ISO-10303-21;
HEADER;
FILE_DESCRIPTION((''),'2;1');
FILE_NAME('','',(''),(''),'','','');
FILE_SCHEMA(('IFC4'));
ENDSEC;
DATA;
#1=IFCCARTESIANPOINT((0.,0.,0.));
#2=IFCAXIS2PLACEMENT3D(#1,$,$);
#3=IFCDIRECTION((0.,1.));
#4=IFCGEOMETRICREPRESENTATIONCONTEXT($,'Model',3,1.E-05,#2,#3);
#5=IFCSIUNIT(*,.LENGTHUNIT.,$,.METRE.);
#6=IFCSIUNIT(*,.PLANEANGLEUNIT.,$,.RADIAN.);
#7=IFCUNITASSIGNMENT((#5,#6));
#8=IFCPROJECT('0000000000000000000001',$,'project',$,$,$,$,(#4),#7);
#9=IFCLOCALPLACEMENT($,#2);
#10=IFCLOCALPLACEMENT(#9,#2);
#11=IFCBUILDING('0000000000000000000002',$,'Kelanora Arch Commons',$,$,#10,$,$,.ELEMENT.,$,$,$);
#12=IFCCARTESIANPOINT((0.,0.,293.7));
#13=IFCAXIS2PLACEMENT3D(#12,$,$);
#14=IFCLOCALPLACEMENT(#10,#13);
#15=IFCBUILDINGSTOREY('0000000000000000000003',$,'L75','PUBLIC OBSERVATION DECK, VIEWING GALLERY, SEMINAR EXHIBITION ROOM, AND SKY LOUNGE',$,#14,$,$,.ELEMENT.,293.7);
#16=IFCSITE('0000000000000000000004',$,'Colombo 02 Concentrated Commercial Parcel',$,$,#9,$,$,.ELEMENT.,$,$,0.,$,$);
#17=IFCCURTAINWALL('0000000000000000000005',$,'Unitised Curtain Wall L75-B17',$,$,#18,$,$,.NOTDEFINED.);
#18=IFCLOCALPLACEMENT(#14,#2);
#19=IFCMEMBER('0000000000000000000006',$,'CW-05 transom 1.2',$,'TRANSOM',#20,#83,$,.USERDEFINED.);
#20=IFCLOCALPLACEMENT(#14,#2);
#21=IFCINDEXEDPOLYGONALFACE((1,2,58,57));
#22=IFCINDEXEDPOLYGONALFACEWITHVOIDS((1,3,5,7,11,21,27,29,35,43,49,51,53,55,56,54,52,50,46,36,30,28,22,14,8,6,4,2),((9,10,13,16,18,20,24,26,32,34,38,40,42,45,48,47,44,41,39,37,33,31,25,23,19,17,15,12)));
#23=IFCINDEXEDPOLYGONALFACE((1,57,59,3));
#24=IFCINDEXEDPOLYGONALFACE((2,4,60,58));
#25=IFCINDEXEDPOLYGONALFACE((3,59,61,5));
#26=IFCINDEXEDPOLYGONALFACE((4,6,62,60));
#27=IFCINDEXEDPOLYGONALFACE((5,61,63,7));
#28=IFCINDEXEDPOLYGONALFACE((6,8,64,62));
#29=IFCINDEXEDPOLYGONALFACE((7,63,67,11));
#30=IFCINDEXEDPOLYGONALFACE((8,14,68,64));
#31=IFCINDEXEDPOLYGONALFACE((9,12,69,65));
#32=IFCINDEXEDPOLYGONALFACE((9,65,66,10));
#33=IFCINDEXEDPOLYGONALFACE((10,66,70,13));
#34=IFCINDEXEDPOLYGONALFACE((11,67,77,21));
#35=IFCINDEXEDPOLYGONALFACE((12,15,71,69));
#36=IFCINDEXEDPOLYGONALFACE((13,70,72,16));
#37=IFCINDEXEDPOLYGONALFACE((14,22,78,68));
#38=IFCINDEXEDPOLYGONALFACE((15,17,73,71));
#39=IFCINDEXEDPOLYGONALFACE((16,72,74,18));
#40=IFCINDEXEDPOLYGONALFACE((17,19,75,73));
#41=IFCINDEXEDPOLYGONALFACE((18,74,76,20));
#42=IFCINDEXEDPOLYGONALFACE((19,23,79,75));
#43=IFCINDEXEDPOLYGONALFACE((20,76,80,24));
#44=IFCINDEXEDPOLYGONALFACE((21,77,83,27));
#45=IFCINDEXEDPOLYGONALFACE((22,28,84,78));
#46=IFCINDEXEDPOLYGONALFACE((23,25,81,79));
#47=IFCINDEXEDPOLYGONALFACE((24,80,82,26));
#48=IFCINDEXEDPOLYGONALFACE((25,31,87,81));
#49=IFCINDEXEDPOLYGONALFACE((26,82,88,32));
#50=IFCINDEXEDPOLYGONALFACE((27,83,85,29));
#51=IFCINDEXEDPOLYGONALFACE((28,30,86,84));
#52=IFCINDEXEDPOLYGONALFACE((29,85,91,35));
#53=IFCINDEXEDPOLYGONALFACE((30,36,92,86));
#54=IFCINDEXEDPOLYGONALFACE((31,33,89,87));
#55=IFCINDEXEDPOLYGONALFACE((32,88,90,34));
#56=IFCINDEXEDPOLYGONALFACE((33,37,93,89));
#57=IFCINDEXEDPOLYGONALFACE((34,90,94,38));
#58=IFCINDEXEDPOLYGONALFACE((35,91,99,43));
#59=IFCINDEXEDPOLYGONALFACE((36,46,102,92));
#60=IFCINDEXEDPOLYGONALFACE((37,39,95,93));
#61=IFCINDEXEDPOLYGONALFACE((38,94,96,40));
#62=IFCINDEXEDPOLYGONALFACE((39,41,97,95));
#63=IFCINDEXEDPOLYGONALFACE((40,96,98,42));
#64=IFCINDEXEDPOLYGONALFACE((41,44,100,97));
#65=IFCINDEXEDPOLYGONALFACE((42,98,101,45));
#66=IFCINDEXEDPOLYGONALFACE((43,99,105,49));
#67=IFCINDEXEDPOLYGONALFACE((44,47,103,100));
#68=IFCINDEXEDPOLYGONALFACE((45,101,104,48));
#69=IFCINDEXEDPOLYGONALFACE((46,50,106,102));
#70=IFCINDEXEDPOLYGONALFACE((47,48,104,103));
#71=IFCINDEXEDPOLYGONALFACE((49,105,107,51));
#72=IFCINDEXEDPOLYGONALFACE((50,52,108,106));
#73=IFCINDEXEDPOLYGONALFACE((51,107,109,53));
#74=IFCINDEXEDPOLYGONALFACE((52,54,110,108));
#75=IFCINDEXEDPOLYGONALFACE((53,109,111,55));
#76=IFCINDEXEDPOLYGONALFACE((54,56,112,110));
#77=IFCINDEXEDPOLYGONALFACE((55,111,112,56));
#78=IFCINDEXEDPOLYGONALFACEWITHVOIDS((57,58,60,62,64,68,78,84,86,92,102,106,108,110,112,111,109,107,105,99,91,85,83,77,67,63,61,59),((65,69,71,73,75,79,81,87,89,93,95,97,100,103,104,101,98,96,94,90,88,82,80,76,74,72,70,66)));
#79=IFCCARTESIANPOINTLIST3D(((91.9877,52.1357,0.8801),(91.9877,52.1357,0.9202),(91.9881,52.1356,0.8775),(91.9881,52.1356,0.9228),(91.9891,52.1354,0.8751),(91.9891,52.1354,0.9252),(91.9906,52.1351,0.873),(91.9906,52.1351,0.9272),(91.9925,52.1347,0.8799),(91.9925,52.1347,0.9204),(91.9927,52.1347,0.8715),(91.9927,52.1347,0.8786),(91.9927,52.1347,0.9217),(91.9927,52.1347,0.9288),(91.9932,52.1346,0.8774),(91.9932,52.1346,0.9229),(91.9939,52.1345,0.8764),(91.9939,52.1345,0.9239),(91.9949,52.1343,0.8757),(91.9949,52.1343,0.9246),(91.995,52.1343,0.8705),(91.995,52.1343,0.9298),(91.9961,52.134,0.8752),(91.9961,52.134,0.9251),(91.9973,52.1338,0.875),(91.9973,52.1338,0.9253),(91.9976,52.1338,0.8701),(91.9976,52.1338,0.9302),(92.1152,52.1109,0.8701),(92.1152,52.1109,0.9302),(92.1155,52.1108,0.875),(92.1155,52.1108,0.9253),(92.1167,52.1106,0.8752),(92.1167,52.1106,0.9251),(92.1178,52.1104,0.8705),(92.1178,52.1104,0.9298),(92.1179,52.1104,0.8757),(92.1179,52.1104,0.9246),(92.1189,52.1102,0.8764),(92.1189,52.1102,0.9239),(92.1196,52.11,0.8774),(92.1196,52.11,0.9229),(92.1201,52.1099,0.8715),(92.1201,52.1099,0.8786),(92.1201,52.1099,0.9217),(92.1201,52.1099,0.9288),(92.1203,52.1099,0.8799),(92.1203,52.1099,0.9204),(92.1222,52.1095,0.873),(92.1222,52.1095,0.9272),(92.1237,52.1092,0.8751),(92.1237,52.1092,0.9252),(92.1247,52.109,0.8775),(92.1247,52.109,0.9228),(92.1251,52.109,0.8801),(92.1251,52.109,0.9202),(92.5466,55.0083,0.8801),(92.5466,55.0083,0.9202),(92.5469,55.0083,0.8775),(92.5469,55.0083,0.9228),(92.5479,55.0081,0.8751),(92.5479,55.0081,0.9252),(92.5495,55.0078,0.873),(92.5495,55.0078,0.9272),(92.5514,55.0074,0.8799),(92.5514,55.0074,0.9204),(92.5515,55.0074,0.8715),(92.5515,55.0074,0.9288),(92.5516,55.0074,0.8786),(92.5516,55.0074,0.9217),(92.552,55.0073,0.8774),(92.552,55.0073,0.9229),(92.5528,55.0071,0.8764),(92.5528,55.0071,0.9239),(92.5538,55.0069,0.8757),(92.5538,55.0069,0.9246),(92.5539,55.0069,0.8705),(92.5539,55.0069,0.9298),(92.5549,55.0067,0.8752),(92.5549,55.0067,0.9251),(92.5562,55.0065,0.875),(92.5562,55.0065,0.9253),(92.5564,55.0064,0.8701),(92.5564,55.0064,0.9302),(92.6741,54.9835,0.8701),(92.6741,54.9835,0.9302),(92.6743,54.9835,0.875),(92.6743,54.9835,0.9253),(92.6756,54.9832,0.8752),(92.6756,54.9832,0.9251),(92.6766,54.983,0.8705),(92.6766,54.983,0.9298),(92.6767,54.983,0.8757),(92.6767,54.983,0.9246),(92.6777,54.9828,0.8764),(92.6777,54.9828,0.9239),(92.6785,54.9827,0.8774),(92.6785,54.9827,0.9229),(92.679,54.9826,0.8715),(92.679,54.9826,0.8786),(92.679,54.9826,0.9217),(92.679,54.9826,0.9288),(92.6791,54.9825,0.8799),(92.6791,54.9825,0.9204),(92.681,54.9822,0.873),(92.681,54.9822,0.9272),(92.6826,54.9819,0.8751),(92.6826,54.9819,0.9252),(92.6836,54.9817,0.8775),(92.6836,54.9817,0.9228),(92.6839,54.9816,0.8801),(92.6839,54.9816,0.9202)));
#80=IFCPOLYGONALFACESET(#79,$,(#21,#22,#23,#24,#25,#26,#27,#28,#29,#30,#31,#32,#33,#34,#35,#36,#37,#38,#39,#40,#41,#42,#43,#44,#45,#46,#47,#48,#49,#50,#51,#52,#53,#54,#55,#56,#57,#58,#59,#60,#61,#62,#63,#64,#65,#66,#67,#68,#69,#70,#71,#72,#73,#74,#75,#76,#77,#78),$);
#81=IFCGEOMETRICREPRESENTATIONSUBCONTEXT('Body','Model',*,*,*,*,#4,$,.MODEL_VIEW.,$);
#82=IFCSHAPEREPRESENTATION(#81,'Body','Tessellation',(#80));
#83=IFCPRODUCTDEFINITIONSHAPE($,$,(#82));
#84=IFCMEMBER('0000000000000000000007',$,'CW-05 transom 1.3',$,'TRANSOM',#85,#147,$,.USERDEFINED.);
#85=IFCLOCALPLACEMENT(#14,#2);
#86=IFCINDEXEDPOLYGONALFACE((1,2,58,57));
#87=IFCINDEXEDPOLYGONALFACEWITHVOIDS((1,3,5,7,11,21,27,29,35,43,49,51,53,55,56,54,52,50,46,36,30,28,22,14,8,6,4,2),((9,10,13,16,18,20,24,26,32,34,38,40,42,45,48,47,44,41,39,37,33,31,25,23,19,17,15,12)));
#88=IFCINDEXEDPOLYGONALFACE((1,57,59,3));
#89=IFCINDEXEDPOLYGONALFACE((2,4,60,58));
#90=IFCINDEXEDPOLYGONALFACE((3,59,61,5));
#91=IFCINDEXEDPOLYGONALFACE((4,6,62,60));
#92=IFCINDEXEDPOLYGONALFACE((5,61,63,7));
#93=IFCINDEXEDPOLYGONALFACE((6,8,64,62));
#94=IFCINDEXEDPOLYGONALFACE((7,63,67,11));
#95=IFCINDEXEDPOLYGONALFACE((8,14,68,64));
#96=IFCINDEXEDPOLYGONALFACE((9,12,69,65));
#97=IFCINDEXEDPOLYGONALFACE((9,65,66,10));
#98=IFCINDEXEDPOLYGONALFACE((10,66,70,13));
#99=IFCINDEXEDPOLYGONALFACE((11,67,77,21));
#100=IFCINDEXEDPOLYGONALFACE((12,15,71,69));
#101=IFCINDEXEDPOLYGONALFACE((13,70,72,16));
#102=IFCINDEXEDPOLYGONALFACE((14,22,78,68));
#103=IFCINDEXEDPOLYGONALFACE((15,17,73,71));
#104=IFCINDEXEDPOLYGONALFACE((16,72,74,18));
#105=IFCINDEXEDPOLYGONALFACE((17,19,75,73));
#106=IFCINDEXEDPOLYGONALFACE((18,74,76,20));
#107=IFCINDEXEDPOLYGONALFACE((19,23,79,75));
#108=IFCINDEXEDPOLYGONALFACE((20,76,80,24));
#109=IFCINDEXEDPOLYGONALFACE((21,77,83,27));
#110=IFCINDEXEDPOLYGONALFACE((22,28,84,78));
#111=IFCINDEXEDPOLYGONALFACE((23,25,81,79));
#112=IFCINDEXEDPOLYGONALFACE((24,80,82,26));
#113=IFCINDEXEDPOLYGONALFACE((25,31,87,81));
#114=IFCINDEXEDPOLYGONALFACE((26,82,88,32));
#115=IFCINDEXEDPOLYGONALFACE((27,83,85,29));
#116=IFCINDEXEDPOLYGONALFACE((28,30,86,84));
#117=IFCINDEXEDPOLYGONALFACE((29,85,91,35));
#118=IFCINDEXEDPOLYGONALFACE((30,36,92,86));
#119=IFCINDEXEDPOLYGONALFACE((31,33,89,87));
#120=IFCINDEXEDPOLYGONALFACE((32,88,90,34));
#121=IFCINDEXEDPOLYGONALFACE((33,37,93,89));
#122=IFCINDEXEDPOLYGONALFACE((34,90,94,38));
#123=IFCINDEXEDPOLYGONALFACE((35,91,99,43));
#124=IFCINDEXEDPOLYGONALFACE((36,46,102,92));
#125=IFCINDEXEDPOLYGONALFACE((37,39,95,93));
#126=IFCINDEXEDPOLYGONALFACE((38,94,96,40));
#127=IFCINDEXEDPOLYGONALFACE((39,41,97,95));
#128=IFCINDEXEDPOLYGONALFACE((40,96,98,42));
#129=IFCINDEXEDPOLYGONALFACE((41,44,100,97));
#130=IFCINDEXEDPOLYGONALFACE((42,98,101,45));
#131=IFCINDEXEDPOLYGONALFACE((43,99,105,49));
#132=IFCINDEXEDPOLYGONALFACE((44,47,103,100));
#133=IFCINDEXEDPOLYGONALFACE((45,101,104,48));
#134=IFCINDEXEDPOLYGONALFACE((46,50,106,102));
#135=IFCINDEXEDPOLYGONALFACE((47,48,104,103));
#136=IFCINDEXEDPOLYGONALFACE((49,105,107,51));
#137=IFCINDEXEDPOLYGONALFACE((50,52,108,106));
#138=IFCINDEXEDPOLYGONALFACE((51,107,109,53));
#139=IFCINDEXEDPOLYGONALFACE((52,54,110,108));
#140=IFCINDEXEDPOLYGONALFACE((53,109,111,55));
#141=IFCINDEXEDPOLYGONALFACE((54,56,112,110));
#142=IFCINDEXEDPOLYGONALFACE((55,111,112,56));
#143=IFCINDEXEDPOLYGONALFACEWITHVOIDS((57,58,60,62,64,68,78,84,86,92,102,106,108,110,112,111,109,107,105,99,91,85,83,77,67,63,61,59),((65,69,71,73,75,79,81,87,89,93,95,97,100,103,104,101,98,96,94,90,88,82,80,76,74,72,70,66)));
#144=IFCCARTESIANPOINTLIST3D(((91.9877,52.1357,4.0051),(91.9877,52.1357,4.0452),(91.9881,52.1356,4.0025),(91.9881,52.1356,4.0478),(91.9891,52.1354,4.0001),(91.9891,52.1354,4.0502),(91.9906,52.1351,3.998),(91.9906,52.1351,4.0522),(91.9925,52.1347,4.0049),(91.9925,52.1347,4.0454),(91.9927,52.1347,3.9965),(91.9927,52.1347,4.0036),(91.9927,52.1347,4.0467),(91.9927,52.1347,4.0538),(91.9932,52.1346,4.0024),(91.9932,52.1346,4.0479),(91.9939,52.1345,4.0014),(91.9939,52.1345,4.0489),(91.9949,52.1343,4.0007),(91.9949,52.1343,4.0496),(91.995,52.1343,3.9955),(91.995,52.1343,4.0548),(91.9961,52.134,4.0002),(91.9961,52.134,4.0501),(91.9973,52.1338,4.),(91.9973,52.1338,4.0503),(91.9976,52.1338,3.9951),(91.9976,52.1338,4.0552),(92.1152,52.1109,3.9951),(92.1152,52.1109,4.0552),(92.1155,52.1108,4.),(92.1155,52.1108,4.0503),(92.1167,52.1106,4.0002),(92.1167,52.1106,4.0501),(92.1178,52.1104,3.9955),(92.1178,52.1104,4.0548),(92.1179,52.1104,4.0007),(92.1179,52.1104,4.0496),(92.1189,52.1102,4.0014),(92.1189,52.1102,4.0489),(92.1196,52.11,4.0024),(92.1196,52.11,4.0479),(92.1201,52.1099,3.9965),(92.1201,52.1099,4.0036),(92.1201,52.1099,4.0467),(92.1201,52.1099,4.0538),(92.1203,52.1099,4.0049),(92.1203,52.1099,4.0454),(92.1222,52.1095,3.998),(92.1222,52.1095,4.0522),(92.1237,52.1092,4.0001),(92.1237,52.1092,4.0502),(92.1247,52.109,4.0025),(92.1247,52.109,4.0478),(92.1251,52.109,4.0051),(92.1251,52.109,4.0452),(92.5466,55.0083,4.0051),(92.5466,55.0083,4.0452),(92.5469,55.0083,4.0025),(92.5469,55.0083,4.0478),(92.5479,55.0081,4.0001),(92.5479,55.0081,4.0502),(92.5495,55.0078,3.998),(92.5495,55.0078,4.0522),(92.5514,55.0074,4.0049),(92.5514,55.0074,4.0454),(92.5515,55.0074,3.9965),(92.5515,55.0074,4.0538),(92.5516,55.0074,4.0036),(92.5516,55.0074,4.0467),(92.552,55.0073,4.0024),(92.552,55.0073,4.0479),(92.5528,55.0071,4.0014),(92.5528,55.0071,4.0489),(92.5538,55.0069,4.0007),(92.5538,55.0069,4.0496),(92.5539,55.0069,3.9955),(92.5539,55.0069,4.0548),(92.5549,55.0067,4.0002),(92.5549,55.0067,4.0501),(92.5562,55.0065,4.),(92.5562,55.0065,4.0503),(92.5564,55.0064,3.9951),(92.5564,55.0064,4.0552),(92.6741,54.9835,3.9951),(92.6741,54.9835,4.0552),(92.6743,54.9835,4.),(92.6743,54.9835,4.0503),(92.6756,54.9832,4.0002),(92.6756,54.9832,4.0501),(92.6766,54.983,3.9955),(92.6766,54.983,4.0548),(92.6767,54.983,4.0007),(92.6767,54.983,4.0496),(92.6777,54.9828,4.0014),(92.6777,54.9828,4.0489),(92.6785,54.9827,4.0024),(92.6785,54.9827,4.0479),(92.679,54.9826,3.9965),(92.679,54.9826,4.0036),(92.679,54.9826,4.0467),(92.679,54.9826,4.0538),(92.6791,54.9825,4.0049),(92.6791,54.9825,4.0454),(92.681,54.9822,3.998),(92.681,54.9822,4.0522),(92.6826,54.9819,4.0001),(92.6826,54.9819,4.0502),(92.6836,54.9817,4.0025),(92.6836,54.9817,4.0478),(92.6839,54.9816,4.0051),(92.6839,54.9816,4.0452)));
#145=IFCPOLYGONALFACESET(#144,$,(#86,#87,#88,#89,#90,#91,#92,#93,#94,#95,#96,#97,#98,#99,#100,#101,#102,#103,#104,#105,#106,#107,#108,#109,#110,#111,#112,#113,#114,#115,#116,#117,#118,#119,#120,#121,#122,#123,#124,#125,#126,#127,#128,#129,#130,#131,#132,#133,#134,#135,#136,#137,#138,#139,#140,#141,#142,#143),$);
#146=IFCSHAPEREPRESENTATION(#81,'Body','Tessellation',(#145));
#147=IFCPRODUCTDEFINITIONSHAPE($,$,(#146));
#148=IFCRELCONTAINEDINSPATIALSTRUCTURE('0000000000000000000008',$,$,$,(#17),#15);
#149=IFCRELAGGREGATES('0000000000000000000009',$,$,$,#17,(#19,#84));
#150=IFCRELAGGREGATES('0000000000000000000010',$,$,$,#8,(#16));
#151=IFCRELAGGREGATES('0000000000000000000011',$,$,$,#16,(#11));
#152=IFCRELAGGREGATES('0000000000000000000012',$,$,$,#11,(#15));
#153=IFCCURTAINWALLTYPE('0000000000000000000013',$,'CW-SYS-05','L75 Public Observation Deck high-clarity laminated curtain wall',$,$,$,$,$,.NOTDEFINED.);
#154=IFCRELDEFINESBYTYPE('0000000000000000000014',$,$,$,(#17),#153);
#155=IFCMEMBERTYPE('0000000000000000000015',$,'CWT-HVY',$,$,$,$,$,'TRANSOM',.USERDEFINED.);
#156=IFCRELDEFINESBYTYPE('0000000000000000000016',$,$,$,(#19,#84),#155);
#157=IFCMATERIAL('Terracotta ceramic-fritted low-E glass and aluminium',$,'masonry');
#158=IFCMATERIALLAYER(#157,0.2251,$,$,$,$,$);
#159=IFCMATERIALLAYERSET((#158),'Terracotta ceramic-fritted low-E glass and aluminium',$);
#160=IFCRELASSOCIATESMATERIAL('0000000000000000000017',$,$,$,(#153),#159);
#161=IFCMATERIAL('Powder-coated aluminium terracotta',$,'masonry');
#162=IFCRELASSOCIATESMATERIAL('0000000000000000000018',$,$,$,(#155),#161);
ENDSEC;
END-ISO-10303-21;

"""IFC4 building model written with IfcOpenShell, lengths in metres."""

from ifc_helpers import new_model, si_unit, direction, frame, origin, origin_2d, place, context, subcontext, project, spatial, hollow_rectangle, extrude, material, layer, layer_set, material_profile, profile_set, type_object, element, aggregate, save


model = new_model("IFC4")

# Units and contexts
model_context = context("Model", 3, precision=1e-05, world=origin(), true_north=direction((0.0, 1.0)))
body_context = subcontext(model_context, "Body", "Model", "MODEL_VIEW")
ifc_project = project(units=[si_unit("LENGTHUNIT", "METRE"), si_unit("PLANEANGLEUNIT", "RADIAN")], contexts=[model_context])

# Site, building, storey
site_placement = place(None, origin())
site = spatial("IfcSite", under=ifc_project, at=site_placement, Name="Colombo 02 Concentrated Commercial Parcel", CompositionType="ELEMENT", RefElevation=0.0)
building_placement = place(site_placement, origin())
building = spatial("IfcBuilding", under=site, at=building_placement, Name="Kelanora Arch Commons", CompositionType="ELEMENT")
storey_placement = place(building_placement, frame((0.0, 0.0, 293.7)))
storey = spatial("IfcBuildingStorey", under=building, at=storey_placement, Name="L75", Description="PUBLIC OBSERVATION DECK, VIEWING GALLERY, SEMINAR EXHIBITION ROOM, AND SKY LOUNGE", CompositionType="ELEMENT", Elevation=293.7)

# Shared definitions
ifc_material_1 = material(Name="Terracotta ceramic-fritted low-E glass and aluminium", Category="masonry")
ifc_layer_1 = layer(ifc_material_1, 0.2251)
ifc_layer_set_1 = layer_set([ifc_layer_1], Name="Terracotta ceramic-fritted low-E glass and aluminium")
curtain_wall_type = type_object("IfcCurtainWallType", Name="CW-SYS-05", Description="L75 Public Observation Deck high-clarity laminated curtain wall", PredefinedType="NOTDEFINED", material=ifc_layer_set_1)
ifc_material_2 = material(Name="Powder-coated aluminium terracotta", Category="masonry")

# Curtain wall, members
curtain_wall_1_placement = place(storey_placement, origin())
curtain_wall_1 = element("IfcCurtainWall", 1, at=curtain_wall_1_placement, inside=storey, type_object=curtain_wall_type, Name="Unitised Curtain Wall L75-B17", PredefinedType="NOTDEFINED")
ifc_material_profile_1 = material_profile(ifc_material_2, hollow_rectangle(XDim=0.1399, YDim=0.0601, WallThickness=0.0049, InnerFilletRadius=0.0049, OuterFilletRadius=0.01, at=origin_2d()), Name="CWT140x60")
ifc_profile_set_1 = profile_set([ifc_material_profile_1], Name="Powder-coated aluminium terracotta")
member_type_1 = type_object("IfcMemberType", Name="CWT-HVY", ElementType="TRANSOM", PredefinedType="USERDEFINED", material=ifc_profile_set_1)
member_1_placement = place(storey_placement, frame((92.0564, 52.1223, 0.9001), z_axis=(0.190963, 0.981597, 0.0), x_axis=(-0.981597, 0.190963, 0.0)))
member_1 = element("IfcMember", 2, at=member_1_placement, type_object=member_type_1, Name="CW-05 transom 1.2", ObjectType="TRANSOM", PredefinedType="USERDEFINED", context=body_context, shape_type="SweptSolid", body=[
    extrude(hollow_rectangle(XDim=0.1399, YDim=0.0601, WallThickness=0.0049, InnerFilletRadius=0.0049, OuterFilletRadius=0.01, at=origin_2d()), origin(), (0.0, 0.0, 1.0), 2.9265),
])
member_2_placement = place(storey_placement, frame((92.0564, 52.1223, 4.0251), z_axis=(0.190963, 0.981597, 0.0), x_axis=(-0.981597, 0.190963, 0.0)))
member_2 = element("IfcMember", 3, at=member_2_placement, type_object=member_type_1, Name="CW-05 transom 1.3", ObjectType="TRANSOM", PredefinedType="USERDEFINED", context=body_context, shape_type="SweptSolid", body=[
    extrude(hollow_rectangle(XDim=0.1399, YDim=0.0601, WallThickness=0.0049, InnerFilletRadius=0.0049, OuterFilletRadius=0.01, at=origin_2d()), origin(), (0.0, 0.0, 1.0), 2.9265),
])
aggregate(curtain_wall_1, [member_1, member_2])

save(model, "model.ifc")
